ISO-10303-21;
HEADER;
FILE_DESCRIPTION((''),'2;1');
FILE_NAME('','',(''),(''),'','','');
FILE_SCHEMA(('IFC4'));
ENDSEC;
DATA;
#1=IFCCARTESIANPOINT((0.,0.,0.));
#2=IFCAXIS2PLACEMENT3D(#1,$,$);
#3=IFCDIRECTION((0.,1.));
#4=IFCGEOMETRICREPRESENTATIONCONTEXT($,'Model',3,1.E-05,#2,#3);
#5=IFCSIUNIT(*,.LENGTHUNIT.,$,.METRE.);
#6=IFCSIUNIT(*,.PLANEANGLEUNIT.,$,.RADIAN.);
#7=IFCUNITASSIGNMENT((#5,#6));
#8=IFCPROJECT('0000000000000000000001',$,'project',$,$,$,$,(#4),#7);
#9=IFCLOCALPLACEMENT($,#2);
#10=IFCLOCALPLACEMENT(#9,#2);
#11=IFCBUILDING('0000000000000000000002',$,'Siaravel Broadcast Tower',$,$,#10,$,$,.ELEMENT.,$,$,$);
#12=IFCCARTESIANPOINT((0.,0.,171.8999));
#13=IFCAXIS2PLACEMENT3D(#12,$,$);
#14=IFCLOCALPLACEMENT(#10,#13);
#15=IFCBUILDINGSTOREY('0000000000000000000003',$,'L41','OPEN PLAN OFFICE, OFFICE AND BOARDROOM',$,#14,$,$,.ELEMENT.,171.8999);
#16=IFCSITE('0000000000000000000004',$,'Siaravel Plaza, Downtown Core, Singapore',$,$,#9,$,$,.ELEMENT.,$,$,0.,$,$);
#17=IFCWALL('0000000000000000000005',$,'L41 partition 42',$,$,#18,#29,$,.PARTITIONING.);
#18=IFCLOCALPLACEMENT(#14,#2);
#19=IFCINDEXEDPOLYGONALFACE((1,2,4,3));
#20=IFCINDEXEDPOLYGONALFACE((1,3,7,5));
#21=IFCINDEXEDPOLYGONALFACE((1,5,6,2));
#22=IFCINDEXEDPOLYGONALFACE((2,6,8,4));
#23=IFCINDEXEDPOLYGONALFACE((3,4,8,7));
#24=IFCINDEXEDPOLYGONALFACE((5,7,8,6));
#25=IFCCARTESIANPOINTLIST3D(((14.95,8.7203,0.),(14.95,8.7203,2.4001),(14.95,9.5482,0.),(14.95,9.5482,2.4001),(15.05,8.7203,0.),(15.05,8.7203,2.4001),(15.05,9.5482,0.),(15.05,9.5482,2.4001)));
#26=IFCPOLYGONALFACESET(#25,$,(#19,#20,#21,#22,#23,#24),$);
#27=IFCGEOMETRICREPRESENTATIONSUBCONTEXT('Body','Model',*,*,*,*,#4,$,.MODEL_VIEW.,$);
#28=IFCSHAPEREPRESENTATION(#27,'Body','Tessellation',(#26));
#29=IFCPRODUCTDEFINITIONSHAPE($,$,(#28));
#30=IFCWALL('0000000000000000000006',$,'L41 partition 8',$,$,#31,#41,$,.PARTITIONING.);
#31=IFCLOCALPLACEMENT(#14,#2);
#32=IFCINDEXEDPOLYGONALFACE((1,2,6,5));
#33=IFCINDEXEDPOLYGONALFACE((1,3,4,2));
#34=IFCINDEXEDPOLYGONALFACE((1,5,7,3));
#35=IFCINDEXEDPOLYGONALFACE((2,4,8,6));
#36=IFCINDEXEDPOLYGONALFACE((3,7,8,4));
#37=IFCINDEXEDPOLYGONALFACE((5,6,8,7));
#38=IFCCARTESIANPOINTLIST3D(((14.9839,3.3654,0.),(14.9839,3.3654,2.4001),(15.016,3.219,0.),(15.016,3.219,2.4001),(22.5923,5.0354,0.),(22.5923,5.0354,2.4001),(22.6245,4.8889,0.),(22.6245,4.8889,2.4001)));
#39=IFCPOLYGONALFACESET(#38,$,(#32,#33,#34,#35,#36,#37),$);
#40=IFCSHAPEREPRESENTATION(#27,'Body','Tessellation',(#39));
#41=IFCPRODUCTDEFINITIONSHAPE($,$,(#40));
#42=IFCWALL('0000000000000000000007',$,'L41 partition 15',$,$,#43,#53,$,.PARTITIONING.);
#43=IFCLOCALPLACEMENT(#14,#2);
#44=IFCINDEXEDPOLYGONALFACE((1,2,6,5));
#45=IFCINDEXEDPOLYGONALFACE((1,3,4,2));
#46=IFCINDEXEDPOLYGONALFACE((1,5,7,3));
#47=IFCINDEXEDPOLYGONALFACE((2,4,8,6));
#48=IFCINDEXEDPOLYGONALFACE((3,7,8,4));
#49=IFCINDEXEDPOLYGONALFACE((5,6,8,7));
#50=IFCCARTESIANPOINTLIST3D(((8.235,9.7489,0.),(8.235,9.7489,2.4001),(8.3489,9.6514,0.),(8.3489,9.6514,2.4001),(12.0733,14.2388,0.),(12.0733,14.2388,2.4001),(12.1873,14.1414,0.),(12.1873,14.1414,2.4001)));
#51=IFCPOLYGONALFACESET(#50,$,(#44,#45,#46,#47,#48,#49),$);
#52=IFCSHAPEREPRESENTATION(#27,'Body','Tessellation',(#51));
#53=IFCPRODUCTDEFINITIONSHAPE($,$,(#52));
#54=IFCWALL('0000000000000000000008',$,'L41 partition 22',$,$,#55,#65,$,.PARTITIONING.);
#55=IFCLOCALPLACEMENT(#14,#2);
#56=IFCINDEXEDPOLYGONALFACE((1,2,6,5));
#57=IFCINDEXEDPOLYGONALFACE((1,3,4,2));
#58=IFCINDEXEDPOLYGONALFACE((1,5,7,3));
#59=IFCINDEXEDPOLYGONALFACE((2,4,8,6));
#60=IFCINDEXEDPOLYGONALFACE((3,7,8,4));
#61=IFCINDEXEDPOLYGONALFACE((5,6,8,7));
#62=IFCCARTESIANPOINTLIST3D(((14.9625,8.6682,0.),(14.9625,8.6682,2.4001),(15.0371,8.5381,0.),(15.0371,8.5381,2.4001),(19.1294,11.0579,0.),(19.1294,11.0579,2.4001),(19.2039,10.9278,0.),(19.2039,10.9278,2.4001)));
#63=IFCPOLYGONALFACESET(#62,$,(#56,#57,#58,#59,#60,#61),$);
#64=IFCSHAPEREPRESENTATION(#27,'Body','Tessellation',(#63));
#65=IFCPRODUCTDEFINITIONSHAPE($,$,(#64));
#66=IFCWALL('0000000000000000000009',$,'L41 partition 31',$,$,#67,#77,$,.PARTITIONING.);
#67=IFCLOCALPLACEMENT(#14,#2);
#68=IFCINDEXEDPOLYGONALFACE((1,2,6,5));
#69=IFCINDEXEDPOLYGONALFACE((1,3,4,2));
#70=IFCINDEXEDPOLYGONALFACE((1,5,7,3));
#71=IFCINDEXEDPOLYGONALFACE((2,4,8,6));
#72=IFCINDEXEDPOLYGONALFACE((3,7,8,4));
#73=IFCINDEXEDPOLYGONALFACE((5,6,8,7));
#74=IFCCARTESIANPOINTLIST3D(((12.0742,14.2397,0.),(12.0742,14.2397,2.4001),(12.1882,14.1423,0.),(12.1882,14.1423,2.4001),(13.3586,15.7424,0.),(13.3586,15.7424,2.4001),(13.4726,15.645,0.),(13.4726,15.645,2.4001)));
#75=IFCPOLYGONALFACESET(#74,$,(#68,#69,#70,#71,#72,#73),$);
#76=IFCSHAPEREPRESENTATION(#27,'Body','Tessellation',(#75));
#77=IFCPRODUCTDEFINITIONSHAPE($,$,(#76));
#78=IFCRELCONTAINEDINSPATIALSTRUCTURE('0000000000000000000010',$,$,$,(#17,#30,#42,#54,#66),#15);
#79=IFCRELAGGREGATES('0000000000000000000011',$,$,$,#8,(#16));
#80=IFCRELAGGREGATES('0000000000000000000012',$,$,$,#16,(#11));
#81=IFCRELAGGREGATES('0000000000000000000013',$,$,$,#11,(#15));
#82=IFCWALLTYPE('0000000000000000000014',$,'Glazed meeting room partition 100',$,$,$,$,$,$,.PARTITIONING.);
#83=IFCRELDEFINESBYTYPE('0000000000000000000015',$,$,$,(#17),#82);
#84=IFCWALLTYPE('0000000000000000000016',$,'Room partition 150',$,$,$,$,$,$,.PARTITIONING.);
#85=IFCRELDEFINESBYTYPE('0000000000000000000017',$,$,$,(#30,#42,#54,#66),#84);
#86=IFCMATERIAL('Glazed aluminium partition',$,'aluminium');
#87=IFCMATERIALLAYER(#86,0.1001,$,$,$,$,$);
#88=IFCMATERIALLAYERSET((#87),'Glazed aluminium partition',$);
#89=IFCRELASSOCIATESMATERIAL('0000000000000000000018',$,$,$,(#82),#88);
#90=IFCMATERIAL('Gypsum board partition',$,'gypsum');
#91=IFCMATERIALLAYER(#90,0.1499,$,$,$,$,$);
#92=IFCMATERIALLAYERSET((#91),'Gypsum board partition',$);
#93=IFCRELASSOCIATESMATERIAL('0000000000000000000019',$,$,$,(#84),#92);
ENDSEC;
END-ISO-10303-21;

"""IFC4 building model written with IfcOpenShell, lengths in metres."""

from ifc_helpers import new_model, si_unit, direction, frame, frame_2d, origin, place, context, subcontext, project, spatial, rectangle, extrude, material, layer, layer_set, type_object, element, save


model = new_model("IFC4")

# Units and contexts
model_context = context("Model", 3, precision=1e-05, world=origin(), true_north=direction((0.0, 1.0)))
body_context = subcontext(model_context, "Body", "Model", "MODEL_VIEW")
ifc_project = project(units=[si_unit("LENGTHUNIT", "METRE"), si_unit("PLANEANGLEUNIT", "RADIAN")], contexts=[model_context])

# Site, building, storey
site_placement = place(None, origin())
site = spatial("IfcSite", under=ifc_project, at=site_placement, Name="Siaravel Plaza, Downtown Core, Singapore", CompositionType="ELEMENT", RefElevation=0.0)
building_placement = place(site_placement, origin())
building = spatial("IfcBuilding", under=site, at=building_placement, Name="Siaravel Broadcast Tower", CompositionType="ELEMENT")
storey_placement = place(building_placement, frame((0.0, 0.0, 171.8999)))
storey = spatial("IfcBuildingStorey", under=building, at=storey_placement, Name="L41", Description="OPEN PLAN OFFICE, OFFICE AND BOARDROOM", CompositionType="ELEMENT", Elevation=171.8999)

# Shared definitions
ifc_material_1 = material(Name="Gypsum board partition", Category="gypsum")

# Shared definitions
ifc_material_2 = material(Name="Glazed aluminium partition", Category="aluminium")
ifc_layer_1 = layer(ifc_material_2, 0.1001)
ifc_layer_set_1 = layer_set([ifc_layer_1], Name="Glazed aluminium partition")
wall_type_1 = type_object("IfcWallType", Name="Glazed meeting room partition 100", PredefinedType="PARTITIONING", material=ifc_layer_set_1)

# Walls
wall_1_placement = place(storey_placement, frame((15.0, 8.7202, 0.0), z_axis=(0.0, 0.0, 1.0), x_axis=(0.0, 1.0, 0.0)))
element("IfcWall", 1, at=wall_1_placement, inside=storey, type_object=wall_type_1, Name="L41 partition 42", PredefinedType="PARTITIONING", context=body_context, shape_type="SweptSolid", body=[
    extrude(rectangle(XDim=0.8279, YDim=0.1001, at=frame_2d((0.4141, 0.0))), origin(), (0.0, 0.0, 1.0), 2.4001),
])
ifc_layer_2 = layer(ifc_material_1, 0.1499)
ifc_layer_set_2 = layer_set([ifc_layer_2], Name="Gypsum board partition")
wall_type_2 = type_object("IfcWallType", Name="Room partition 150", PredefinedType="PARTITIONING", material=ifc_layer_set_2)
wall_2_placement = place(storey_placement, frame((22.6084, 4.9622, 0.0), z_axis=(0.0, 0.0, 1.0), x_axis=(-0.97675, -0.214381, 0.0)))
element("IfcWall", 2, at=wall_2_placement, inside=storey, type_object=wall_type_2, Name="L41 partition 8", PredefinedType="PARTITIONING", context=body_context, shape_type="SweptSolid", body=[
    extrude(rectangle(XDim=7.7896, YDim=0.1499, at=frame_2d((3.8948, 0.0))), origin(), (0.0, 0.0, 1.0), 2.4001),
])
wall_3_placement = place(storey_placement, frame((12.1304, 14.1902, 0.0), z_axis=(0.0, 0.0, 1.0), x_axis=(-0.649797, -0.760108, 0.0)))
element("IfcWall", 3, at=wall_3_placement, inside=storey, type_object=wall_type_2, Name="L41 partition 15", PredefinedType="PARTITIONING", context=body_context, shape_type="SweptSolid", body=[
    extrude(rectangle(XDim=5.907, YDim=0.1499, at=frame_2d((2.9536, 0.0))), origin(), (0.0, 0.0, 1.0), 2.4001),
])
wall_4_placement = place(storey_placement, frame((19.1667, 10.9929, 0.0), z_axis=(0.0, 0.0, 1.0), x_axis=(-0.867466, -0.497496, 0.0)))
element("IfcWall", 4, at=wall_4_placement, inside=storey, type_object=wall_type_2, Name="L41 partition 22", PredefinedType="PARTITIONING", context=body_context, shape_type="SweptSolid", body=[
    extrude(rectangle(XDim=4.8035, YDim=0.1499, at=frame_2d((2.4019, 0.0))), origin(), (0.0, 0.0, 1.0), 2.4001),
])
wall_5_placement = place(storey_placement, frame((13.4155, 15.6936, 0.0), z_axis=(0.0, 0.0, 1.0), x_axis=(-0.649743, -0.760154, 0.0)))
element("IfcWall", 5, at=wall_5_placement, inside=storey, type_object=wall_type_2, Name="L41 partition 31", PredefinedType="PARTITIONING", context=body_context, shape_type="SweptSolid", body=[
    extrude(rectangle(XDim=1.9768, YDim=0.1499, at=frame_2d((0.9883, 0.0))), origin(), (0.0, 0.0, 1.0), 2.4001),
])

save(model, "model.ifc")
